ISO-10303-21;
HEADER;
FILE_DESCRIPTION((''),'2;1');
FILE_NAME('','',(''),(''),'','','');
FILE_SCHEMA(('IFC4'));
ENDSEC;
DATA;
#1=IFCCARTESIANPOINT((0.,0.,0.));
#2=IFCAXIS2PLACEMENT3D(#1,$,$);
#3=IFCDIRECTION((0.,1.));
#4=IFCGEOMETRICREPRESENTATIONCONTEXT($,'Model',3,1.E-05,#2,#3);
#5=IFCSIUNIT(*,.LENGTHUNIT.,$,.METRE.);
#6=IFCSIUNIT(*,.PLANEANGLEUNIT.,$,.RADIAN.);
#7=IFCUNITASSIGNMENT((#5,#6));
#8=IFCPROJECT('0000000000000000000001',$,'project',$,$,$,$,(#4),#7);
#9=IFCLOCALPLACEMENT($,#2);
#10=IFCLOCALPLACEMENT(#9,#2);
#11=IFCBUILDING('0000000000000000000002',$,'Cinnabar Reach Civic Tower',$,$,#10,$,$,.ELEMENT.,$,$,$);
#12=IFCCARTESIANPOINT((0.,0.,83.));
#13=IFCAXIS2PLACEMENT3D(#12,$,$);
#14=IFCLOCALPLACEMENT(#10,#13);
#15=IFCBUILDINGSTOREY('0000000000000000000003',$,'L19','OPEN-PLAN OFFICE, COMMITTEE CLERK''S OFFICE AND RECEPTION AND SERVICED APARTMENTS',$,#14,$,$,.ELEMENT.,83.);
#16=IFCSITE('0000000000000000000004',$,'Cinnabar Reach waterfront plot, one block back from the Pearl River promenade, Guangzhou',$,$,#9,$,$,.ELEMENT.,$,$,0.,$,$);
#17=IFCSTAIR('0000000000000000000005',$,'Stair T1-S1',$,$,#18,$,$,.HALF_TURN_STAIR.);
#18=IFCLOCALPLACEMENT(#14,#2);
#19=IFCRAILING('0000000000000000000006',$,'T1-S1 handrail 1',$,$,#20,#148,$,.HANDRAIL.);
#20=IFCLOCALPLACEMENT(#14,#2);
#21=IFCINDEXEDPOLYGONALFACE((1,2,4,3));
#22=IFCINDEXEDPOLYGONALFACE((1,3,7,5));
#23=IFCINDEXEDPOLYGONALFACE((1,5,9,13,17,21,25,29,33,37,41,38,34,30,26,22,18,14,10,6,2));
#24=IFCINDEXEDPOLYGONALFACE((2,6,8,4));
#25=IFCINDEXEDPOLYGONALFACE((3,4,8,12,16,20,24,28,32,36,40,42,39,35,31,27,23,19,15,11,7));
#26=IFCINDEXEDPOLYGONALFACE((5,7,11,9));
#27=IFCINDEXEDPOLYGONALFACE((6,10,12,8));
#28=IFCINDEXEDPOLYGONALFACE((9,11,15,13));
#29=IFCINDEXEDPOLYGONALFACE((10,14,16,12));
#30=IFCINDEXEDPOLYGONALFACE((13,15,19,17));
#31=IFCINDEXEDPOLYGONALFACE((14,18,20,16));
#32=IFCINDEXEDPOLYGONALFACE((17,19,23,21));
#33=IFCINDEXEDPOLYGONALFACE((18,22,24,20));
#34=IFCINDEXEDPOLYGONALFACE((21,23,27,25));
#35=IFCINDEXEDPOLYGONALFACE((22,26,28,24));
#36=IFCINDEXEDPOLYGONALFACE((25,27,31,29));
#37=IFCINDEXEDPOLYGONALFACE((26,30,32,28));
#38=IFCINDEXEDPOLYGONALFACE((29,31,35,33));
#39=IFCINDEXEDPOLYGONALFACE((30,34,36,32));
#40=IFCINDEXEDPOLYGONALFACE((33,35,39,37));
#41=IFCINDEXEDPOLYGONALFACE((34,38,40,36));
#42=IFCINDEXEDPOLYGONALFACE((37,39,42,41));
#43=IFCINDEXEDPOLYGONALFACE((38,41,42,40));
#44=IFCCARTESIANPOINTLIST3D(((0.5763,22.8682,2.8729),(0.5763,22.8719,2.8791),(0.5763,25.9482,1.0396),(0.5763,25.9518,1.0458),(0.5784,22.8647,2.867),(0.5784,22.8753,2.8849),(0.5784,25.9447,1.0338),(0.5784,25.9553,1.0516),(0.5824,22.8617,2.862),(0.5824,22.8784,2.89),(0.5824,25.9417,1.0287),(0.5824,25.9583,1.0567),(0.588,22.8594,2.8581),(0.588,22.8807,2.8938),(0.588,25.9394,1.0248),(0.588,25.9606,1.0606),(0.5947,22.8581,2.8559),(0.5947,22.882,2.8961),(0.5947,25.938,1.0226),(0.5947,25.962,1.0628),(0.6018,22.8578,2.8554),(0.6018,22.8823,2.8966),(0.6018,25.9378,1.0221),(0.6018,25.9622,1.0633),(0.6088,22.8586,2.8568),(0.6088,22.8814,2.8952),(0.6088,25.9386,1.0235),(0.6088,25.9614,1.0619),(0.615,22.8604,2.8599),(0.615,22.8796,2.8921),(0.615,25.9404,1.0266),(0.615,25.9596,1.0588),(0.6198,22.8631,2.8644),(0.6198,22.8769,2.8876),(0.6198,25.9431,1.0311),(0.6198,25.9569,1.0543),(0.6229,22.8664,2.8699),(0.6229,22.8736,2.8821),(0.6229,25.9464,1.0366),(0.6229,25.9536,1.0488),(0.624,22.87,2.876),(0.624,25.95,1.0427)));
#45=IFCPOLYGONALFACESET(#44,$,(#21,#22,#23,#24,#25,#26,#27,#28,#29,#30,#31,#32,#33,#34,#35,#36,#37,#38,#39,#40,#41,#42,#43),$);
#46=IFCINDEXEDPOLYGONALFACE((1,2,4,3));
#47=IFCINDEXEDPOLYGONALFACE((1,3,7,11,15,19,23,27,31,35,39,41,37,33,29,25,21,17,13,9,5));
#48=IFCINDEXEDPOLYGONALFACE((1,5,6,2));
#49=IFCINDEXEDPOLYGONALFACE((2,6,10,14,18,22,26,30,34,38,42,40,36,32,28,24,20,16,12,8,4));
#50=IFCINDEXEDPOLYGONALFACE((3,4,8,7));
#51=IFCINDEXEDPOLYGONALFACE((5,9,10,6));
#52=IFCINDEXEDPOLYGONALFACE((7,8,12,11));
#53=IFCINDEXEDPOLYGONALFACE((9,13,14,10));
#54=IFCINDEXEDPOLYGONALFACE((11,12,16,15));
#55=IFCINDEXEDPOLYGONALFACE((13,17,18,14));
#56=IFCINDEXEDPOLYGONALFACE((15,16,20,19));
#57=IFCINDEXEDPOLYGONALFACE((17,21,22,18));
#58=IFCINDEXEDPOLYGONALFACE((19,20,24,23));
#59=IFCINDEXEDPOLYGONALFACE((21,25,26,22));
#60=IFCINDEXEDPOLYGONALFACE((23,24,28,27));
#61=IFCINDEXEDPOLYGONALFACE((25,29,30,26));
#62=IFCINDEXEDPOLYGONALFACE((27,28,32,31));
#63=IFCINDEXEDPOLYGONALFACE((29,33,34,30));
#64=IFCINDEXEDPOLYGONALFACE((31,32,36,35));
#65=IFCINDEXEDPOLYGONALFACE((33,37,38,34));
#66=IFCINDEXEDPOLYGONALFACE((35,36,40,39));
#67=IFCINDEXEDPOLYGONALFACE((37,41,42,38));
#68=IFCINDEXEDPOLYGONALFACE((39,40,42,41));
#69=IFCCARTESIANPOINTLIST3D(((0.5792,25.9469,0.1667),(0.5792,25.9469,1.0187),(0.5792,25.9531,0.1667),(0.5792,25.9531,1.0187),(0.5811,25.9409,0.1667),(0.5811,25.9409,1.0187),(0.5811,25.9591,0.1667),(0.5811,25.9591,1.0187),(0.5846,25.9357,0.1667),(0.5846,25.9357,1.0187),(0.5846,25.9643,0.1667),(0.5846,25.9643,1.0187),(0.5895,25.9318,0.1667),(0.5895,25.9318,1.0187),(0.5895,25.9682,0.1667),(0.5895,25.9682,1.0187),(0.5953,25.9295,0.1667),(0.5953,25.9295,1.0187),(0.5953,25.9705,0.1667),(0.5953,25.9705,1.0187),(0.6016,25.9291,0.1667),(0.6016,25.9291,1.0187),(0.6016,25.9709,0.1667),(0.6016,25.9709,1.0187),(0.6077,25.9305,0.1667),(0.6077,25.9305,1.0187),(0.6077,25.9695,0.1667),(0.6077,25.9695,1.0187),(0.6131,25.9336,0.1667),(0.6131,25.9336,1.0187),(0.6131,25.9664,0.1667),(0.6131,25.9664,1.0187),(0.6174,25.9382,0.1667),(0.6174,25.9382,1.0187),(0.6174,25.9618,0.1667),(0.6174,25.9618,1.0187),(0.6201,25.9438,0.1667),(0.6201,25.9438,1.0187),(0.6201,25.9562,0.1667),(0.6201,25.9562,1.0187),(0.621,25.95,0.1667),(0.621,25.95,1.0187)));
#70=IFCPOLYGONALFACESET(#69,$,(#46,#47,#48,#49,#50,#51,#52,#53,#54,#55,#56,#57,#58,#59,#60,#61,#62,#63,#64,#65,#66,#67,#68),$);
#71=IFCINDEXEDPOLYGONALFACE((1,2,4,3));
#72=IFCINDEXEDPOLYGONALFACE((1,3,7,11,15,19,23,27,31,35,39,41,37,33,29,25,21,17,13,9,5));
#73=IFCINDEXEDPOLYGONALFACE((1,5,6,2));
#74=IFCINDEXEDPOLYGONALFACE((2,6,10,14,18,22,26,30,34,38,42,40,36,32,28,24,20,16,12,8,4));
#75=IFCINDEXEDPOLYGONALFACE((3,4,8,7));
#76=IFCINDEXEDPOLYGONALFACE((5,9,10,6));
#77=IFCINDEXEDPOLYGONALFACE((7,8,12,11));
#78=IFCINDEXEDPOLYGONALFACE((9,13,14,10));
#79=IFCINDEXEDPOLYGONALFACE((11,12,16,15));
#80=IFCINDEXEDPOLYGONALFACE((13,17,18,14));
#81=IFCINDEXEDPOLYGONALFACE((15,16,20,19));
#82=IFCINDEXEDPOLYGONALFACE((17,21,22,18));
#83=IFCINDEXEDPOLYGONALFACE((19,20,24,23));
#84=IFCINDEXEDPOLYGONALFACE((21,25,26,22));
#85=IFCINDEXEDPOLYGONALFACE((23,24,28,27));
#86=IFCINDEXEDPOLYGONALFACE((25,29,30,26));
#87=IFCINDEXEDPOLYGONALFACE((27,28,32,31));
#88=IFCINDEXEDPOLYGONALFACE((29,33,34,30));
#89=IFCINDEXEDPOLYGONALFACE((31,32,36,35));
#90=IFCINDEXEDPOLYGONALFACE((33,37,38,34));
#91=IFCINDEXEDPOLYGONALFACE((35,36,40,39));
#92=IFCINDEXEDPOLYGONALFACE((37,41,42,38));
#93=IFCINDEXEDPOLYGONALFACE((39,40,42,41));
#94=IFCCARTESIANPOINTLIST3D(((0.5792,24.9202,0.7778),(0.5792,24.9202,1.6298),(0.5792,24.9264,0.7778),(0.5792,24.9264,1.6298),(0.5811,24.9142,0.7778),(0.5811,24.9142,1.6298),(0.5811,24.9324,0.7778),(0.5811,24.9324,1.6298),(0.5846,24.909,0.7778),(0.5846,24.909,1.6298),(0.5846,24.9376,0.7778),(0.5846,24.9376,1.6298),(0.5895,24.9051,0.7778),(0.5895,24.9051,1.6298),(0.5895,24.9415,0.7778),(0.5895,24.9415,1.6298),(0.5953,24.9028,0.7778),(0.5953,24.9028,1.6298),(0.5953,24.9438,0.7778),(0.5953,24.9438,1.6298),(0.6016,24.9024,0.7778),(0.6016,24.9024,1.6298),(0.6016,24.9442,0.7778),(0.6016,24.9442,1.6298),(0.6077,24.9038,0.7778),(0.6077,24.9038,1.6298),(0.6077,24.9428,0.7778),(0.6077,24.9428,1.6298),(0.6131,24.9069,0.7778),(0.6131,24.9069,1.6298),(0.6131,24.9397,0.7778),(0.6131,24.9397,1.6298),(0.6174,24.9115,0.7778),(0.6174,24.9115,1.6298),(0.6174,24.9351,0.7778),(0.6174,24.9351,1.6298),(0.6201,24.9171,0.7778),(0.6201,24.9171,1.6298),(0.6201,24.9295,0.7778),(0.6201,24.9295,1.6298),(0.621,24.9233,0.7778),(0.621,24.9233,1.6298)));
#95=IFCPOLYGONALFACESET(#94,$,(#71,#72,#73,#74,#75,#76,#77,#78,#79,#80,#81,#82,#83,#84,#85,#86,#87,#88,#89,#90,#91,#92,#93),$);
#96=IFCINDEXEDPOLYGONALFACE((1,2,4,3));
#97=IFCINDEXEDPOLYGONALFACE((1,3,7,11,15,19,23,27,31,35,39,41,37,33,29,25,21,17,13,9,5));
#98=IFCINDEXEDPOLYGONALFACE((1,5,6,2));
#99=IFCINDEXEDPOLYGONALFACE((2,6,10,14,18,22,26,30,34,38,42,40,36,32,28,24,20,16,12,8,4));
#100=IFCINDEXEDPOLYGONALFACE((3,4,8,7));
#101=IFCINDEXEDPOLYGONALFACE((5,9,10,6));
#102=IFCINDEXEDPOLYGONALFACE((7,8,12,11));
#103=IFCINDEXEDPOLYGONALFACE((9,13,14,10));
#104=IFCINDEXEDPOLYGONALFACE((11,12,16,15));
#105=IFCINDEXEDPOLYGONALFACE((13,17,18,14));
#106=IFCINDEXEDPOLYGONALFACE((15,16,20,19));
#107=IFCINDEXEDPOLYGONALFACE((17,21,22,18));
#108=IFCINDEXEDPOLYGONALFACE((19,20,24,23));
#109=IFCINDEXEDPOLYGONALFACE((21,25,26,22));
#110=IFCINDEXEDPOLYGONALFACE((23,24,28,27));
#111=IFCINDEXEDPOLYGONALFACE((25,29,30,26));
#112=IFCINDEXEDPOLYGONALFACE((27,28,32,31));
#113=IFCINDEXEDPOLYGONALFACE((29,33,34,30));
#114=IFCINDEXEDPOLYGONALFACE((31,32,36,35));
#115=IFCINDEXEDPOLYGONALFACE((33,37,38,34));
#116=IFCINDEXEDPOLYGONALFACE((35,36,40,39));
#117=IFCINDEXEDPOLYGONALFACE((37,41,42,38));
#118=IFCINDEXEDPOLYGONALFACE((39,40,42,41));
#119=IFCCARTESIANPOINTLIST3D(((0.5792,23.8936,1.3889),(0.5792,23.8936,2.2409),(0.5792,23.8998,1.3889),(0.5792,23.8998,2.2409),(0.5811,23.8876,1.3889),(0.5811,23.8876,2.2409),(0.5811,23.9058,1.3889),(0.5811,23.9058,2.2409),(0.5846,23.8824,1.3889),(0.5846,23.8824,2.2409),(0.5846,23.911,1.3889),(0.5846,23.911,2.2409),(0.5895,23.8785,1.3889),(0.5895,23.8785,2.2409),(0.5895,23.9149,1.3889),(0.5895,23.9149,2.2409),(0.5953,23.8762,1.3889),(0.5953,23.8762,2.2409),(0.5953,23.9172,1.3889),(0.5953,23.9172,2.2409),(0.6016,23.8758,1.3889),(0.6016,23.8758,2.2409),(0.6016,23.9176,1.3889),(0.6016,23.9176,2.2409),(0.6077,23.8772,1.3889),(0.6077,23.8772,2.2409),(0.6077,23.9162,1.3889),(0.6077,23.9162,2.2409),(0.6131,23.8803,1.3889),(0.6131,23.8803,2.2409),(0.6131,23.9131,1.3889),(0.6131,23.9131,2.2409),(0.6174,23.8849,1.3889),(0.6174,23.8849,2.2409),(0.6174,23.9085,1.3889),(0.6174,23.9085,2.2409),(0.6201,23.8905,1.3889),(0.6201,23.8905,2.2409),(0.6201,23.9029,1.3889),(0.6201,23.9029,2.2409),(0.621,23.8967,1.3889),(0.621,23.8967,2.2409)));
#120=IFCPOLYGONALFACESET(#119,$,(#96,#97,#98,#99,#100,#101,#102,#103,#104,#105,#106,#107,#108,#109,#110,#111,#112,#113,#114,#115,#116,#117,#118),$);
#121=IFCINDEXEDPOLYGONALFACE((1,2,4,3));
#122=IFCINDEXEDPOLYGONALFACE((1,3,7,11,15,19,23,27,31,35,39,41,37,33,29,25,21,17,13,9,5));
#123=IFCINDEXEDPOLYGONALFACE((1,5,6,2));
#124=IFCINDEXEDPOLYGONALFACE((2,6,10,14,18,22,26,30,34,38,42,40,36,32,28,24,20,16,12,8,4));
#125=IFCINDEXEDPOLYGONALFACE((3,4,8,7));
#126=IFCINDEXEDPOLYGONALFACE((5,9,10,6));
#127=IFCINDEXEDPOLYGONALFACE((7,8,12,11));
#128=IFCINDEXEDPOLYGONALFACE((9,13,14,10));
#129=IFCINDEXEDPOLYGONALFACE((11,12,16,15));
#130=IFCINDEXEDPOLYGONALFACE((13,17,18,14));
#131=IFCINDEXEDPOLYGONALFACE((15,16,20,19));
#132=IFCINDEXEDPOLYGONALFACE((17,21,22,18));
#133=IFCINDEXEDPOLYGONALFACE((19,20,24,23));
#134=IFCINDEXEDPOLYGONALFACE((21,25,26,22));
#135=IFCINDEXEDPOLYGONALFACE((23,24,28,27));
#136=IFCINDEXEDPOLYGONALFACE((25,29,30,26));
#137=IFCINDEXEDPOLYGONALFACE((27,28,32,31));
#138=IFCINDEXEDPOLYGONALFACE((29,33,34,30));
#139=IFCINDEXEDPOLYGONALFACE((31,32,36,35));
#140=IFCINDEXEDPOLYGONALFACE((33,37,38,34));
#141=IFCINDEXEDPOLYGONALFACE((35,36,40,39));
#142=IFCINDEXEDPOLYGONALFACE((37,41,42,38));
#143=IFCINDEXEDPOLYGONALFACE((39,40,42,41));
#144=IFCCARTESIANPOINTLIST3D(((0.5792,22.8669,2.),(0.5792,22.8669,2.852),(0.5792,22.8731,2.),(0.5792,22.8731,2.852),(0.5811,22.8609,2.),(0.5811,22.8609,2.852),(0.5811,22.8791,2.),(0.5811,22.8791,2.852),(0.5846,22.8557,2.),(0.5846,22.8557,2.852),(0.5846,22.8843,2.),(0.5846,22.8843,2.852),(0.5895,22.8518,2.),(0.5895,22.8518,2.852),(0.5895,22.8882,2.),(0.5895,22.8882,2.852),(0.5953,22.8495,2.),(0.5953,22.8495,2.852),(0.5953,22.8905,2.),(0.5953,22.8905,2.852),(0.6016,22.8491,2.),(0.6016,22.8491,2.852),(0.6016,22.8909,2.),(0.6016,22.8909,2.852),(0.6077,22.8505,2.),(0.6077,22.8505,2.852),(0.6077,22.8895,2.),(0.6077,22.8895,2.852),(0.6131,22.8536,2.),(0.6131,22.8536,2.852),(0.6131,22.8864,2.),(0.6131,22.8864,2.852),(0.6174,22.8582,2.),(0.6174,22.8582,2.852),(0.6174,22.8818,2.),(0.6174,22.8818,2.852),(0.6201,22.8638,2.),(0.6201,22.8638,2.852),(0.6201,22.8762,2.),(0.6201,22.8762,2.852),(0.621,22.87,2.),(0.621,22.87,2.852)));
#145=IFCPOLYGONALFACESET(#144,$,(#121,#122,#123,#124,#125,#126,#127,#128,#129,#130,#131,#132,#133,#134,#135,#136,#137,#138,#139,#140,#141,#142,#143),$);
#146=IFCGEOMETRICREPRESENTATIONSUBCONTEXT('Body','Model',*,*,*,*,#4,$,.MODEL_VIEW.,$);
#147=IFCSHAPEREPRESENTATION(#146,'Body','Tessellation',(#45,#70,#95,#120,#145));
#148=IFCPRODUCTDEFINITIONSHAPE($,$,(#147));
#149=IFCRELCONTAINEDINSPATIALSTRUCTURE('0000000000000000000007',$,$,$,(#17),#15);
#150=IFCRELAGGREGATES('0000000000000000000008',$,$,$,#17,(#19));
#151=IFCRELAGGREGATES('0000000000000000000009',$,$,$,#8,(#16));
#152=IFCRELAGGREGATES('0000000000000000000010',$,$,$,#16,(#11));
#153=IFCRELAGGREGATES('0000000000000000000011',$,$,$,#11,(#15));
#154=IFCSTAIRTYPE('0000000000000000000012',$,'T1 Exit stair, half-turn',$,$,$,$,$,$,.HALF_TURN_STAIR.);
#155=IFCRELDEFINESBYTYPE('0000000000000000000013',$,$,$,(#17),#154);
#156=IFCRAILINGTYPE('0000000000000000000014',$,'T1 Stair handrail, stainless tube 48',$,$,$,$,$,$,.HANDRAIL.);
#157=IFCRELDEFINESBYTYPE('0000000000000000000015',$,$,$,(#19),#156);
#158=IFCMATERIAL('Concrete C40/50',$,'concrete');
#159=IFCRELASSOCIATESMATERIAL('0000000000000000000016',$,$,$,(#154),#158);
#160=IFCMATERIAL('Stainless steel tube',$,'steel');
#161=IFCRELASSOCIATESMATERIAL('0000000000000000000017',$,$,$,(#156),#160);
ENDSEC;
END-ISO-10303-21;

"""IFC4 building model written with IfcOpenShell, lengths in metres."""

from ifc_helpers import new_model, si_unit, direction, frame, origin, origin_2d, place, context, subcontext, project, spatial, circle, extrude, material, type_object, element, aggregate, save


model = new_model("IFC4")

# Units and contexts
model_context = context("Model", 3, precision=1e-05, world=origin(), true_north=direction((0.0, 1.0)))
body_context = subcontext(model_context, "Body", "Model", "MODEL_VIEW")
ifc_project = project(units=[si_unit("LENGTHUNIT", "METRE"), si_unit("PLANEANGLEUNIT", "RADIAN")], contexts=[model_context])

# Site, building, storey
site_placement = place(None, origin())
site = spatial("IfcSite", under=ifc_project, at=site_placement, Name="Cinnabar Reach waterfront plot, one block back from the Pearl River promenade, Guangzhou", CompositionType="ELEMENT", RefElevation=0.0)
building_placement = place(site_placement, origin())
building = spatial("IfcBuilding", under=site, at=building_placement, Name="Cinnabar Reach Civic Tower", CompositionType="ELEMENT")
storey_placement = place(building_placement, frame((0.0, 0.0, 83.0)))
storey = spatial("IfcBuildingStorey", under=building, at=storey_placement, Name="L19", Description="OPEN-PLAN OFFICE, COMMITTEE CLERK'S OFFICE AND RECEPTION AND SERVICED APARTMENTS", CompositionType="ELEMENT", Elevation=83.0)

# Shared definitions
ifc_material_1 = material(Name="Concrete C40/50", Category="concrete")

# Stair, railing
stair_type_1 = type_object("IfcStairType", Name="T1 Exit stair, half-turn", PredefinedType="HALF_TURN_STAIR", material=ifc_material_1)
stair_1_placement = place(storey_placement, origin())
stair_1 = element("IfcStair", 1, at=stair_1_placement, inside=storey, type_object=stair_type_1, Name="Stair T1-S1", PredefinedType="HALF_TURN_STAIR")
ifc_material_2 = material(Name="Stainless steel tube", Category="steel")
railing_type_1 = type_object("IfcRailingType", Name="T1 Stair handrail, stainless tube 48", PredefinedType="HANDRAIL", material=ifc_material_2)
railing_1_placement = place(storey_placement, frame((0.6, 25.95, 0.1667)))
railing_1 = element("IfcRailing", 2, at=railing_1_placement, type_object=railing_type_1, Name="T1-S1 handrail 1", PredefinedType="HANDRAIL", context=body_context, shape_type="SweptSolid", body=[
    extrude(circle(Radius=0.024, at=origin_2d()), frame((0.0, 0.0, 0.876), z_axis=(0.0, -0.859297, 0.511477), x_axis=(1.0, 0.0, 0.0)), (0.0, 0.0, 1.0), 3.5843),
    extrude(circle(Radius=0.021, at=origin_2d()), origin(), (0.0, 0.0, 1.0), 0.852),
    extrude(circle(Radius=0.021, at=origin_2d()), frame((0.0, -1.0267, 0.6111)), (0.0, 0.0, 1.0), 0.852),
    extrude(circle(Radius=0.021, at=origin_2d()), frame((0.0, -2.0533, 1.2222)), (0.0, 0.0, 1.0), 0.852),
    extrude(circle(Radius=0.021, at=origin_2d()), frame((0.0, -3.08, 1.8333)), (0.0, 0.0, 1.0), 0.852),
])
aggregate(stair_1, [railing_1])

save(model, "model.ifc")
